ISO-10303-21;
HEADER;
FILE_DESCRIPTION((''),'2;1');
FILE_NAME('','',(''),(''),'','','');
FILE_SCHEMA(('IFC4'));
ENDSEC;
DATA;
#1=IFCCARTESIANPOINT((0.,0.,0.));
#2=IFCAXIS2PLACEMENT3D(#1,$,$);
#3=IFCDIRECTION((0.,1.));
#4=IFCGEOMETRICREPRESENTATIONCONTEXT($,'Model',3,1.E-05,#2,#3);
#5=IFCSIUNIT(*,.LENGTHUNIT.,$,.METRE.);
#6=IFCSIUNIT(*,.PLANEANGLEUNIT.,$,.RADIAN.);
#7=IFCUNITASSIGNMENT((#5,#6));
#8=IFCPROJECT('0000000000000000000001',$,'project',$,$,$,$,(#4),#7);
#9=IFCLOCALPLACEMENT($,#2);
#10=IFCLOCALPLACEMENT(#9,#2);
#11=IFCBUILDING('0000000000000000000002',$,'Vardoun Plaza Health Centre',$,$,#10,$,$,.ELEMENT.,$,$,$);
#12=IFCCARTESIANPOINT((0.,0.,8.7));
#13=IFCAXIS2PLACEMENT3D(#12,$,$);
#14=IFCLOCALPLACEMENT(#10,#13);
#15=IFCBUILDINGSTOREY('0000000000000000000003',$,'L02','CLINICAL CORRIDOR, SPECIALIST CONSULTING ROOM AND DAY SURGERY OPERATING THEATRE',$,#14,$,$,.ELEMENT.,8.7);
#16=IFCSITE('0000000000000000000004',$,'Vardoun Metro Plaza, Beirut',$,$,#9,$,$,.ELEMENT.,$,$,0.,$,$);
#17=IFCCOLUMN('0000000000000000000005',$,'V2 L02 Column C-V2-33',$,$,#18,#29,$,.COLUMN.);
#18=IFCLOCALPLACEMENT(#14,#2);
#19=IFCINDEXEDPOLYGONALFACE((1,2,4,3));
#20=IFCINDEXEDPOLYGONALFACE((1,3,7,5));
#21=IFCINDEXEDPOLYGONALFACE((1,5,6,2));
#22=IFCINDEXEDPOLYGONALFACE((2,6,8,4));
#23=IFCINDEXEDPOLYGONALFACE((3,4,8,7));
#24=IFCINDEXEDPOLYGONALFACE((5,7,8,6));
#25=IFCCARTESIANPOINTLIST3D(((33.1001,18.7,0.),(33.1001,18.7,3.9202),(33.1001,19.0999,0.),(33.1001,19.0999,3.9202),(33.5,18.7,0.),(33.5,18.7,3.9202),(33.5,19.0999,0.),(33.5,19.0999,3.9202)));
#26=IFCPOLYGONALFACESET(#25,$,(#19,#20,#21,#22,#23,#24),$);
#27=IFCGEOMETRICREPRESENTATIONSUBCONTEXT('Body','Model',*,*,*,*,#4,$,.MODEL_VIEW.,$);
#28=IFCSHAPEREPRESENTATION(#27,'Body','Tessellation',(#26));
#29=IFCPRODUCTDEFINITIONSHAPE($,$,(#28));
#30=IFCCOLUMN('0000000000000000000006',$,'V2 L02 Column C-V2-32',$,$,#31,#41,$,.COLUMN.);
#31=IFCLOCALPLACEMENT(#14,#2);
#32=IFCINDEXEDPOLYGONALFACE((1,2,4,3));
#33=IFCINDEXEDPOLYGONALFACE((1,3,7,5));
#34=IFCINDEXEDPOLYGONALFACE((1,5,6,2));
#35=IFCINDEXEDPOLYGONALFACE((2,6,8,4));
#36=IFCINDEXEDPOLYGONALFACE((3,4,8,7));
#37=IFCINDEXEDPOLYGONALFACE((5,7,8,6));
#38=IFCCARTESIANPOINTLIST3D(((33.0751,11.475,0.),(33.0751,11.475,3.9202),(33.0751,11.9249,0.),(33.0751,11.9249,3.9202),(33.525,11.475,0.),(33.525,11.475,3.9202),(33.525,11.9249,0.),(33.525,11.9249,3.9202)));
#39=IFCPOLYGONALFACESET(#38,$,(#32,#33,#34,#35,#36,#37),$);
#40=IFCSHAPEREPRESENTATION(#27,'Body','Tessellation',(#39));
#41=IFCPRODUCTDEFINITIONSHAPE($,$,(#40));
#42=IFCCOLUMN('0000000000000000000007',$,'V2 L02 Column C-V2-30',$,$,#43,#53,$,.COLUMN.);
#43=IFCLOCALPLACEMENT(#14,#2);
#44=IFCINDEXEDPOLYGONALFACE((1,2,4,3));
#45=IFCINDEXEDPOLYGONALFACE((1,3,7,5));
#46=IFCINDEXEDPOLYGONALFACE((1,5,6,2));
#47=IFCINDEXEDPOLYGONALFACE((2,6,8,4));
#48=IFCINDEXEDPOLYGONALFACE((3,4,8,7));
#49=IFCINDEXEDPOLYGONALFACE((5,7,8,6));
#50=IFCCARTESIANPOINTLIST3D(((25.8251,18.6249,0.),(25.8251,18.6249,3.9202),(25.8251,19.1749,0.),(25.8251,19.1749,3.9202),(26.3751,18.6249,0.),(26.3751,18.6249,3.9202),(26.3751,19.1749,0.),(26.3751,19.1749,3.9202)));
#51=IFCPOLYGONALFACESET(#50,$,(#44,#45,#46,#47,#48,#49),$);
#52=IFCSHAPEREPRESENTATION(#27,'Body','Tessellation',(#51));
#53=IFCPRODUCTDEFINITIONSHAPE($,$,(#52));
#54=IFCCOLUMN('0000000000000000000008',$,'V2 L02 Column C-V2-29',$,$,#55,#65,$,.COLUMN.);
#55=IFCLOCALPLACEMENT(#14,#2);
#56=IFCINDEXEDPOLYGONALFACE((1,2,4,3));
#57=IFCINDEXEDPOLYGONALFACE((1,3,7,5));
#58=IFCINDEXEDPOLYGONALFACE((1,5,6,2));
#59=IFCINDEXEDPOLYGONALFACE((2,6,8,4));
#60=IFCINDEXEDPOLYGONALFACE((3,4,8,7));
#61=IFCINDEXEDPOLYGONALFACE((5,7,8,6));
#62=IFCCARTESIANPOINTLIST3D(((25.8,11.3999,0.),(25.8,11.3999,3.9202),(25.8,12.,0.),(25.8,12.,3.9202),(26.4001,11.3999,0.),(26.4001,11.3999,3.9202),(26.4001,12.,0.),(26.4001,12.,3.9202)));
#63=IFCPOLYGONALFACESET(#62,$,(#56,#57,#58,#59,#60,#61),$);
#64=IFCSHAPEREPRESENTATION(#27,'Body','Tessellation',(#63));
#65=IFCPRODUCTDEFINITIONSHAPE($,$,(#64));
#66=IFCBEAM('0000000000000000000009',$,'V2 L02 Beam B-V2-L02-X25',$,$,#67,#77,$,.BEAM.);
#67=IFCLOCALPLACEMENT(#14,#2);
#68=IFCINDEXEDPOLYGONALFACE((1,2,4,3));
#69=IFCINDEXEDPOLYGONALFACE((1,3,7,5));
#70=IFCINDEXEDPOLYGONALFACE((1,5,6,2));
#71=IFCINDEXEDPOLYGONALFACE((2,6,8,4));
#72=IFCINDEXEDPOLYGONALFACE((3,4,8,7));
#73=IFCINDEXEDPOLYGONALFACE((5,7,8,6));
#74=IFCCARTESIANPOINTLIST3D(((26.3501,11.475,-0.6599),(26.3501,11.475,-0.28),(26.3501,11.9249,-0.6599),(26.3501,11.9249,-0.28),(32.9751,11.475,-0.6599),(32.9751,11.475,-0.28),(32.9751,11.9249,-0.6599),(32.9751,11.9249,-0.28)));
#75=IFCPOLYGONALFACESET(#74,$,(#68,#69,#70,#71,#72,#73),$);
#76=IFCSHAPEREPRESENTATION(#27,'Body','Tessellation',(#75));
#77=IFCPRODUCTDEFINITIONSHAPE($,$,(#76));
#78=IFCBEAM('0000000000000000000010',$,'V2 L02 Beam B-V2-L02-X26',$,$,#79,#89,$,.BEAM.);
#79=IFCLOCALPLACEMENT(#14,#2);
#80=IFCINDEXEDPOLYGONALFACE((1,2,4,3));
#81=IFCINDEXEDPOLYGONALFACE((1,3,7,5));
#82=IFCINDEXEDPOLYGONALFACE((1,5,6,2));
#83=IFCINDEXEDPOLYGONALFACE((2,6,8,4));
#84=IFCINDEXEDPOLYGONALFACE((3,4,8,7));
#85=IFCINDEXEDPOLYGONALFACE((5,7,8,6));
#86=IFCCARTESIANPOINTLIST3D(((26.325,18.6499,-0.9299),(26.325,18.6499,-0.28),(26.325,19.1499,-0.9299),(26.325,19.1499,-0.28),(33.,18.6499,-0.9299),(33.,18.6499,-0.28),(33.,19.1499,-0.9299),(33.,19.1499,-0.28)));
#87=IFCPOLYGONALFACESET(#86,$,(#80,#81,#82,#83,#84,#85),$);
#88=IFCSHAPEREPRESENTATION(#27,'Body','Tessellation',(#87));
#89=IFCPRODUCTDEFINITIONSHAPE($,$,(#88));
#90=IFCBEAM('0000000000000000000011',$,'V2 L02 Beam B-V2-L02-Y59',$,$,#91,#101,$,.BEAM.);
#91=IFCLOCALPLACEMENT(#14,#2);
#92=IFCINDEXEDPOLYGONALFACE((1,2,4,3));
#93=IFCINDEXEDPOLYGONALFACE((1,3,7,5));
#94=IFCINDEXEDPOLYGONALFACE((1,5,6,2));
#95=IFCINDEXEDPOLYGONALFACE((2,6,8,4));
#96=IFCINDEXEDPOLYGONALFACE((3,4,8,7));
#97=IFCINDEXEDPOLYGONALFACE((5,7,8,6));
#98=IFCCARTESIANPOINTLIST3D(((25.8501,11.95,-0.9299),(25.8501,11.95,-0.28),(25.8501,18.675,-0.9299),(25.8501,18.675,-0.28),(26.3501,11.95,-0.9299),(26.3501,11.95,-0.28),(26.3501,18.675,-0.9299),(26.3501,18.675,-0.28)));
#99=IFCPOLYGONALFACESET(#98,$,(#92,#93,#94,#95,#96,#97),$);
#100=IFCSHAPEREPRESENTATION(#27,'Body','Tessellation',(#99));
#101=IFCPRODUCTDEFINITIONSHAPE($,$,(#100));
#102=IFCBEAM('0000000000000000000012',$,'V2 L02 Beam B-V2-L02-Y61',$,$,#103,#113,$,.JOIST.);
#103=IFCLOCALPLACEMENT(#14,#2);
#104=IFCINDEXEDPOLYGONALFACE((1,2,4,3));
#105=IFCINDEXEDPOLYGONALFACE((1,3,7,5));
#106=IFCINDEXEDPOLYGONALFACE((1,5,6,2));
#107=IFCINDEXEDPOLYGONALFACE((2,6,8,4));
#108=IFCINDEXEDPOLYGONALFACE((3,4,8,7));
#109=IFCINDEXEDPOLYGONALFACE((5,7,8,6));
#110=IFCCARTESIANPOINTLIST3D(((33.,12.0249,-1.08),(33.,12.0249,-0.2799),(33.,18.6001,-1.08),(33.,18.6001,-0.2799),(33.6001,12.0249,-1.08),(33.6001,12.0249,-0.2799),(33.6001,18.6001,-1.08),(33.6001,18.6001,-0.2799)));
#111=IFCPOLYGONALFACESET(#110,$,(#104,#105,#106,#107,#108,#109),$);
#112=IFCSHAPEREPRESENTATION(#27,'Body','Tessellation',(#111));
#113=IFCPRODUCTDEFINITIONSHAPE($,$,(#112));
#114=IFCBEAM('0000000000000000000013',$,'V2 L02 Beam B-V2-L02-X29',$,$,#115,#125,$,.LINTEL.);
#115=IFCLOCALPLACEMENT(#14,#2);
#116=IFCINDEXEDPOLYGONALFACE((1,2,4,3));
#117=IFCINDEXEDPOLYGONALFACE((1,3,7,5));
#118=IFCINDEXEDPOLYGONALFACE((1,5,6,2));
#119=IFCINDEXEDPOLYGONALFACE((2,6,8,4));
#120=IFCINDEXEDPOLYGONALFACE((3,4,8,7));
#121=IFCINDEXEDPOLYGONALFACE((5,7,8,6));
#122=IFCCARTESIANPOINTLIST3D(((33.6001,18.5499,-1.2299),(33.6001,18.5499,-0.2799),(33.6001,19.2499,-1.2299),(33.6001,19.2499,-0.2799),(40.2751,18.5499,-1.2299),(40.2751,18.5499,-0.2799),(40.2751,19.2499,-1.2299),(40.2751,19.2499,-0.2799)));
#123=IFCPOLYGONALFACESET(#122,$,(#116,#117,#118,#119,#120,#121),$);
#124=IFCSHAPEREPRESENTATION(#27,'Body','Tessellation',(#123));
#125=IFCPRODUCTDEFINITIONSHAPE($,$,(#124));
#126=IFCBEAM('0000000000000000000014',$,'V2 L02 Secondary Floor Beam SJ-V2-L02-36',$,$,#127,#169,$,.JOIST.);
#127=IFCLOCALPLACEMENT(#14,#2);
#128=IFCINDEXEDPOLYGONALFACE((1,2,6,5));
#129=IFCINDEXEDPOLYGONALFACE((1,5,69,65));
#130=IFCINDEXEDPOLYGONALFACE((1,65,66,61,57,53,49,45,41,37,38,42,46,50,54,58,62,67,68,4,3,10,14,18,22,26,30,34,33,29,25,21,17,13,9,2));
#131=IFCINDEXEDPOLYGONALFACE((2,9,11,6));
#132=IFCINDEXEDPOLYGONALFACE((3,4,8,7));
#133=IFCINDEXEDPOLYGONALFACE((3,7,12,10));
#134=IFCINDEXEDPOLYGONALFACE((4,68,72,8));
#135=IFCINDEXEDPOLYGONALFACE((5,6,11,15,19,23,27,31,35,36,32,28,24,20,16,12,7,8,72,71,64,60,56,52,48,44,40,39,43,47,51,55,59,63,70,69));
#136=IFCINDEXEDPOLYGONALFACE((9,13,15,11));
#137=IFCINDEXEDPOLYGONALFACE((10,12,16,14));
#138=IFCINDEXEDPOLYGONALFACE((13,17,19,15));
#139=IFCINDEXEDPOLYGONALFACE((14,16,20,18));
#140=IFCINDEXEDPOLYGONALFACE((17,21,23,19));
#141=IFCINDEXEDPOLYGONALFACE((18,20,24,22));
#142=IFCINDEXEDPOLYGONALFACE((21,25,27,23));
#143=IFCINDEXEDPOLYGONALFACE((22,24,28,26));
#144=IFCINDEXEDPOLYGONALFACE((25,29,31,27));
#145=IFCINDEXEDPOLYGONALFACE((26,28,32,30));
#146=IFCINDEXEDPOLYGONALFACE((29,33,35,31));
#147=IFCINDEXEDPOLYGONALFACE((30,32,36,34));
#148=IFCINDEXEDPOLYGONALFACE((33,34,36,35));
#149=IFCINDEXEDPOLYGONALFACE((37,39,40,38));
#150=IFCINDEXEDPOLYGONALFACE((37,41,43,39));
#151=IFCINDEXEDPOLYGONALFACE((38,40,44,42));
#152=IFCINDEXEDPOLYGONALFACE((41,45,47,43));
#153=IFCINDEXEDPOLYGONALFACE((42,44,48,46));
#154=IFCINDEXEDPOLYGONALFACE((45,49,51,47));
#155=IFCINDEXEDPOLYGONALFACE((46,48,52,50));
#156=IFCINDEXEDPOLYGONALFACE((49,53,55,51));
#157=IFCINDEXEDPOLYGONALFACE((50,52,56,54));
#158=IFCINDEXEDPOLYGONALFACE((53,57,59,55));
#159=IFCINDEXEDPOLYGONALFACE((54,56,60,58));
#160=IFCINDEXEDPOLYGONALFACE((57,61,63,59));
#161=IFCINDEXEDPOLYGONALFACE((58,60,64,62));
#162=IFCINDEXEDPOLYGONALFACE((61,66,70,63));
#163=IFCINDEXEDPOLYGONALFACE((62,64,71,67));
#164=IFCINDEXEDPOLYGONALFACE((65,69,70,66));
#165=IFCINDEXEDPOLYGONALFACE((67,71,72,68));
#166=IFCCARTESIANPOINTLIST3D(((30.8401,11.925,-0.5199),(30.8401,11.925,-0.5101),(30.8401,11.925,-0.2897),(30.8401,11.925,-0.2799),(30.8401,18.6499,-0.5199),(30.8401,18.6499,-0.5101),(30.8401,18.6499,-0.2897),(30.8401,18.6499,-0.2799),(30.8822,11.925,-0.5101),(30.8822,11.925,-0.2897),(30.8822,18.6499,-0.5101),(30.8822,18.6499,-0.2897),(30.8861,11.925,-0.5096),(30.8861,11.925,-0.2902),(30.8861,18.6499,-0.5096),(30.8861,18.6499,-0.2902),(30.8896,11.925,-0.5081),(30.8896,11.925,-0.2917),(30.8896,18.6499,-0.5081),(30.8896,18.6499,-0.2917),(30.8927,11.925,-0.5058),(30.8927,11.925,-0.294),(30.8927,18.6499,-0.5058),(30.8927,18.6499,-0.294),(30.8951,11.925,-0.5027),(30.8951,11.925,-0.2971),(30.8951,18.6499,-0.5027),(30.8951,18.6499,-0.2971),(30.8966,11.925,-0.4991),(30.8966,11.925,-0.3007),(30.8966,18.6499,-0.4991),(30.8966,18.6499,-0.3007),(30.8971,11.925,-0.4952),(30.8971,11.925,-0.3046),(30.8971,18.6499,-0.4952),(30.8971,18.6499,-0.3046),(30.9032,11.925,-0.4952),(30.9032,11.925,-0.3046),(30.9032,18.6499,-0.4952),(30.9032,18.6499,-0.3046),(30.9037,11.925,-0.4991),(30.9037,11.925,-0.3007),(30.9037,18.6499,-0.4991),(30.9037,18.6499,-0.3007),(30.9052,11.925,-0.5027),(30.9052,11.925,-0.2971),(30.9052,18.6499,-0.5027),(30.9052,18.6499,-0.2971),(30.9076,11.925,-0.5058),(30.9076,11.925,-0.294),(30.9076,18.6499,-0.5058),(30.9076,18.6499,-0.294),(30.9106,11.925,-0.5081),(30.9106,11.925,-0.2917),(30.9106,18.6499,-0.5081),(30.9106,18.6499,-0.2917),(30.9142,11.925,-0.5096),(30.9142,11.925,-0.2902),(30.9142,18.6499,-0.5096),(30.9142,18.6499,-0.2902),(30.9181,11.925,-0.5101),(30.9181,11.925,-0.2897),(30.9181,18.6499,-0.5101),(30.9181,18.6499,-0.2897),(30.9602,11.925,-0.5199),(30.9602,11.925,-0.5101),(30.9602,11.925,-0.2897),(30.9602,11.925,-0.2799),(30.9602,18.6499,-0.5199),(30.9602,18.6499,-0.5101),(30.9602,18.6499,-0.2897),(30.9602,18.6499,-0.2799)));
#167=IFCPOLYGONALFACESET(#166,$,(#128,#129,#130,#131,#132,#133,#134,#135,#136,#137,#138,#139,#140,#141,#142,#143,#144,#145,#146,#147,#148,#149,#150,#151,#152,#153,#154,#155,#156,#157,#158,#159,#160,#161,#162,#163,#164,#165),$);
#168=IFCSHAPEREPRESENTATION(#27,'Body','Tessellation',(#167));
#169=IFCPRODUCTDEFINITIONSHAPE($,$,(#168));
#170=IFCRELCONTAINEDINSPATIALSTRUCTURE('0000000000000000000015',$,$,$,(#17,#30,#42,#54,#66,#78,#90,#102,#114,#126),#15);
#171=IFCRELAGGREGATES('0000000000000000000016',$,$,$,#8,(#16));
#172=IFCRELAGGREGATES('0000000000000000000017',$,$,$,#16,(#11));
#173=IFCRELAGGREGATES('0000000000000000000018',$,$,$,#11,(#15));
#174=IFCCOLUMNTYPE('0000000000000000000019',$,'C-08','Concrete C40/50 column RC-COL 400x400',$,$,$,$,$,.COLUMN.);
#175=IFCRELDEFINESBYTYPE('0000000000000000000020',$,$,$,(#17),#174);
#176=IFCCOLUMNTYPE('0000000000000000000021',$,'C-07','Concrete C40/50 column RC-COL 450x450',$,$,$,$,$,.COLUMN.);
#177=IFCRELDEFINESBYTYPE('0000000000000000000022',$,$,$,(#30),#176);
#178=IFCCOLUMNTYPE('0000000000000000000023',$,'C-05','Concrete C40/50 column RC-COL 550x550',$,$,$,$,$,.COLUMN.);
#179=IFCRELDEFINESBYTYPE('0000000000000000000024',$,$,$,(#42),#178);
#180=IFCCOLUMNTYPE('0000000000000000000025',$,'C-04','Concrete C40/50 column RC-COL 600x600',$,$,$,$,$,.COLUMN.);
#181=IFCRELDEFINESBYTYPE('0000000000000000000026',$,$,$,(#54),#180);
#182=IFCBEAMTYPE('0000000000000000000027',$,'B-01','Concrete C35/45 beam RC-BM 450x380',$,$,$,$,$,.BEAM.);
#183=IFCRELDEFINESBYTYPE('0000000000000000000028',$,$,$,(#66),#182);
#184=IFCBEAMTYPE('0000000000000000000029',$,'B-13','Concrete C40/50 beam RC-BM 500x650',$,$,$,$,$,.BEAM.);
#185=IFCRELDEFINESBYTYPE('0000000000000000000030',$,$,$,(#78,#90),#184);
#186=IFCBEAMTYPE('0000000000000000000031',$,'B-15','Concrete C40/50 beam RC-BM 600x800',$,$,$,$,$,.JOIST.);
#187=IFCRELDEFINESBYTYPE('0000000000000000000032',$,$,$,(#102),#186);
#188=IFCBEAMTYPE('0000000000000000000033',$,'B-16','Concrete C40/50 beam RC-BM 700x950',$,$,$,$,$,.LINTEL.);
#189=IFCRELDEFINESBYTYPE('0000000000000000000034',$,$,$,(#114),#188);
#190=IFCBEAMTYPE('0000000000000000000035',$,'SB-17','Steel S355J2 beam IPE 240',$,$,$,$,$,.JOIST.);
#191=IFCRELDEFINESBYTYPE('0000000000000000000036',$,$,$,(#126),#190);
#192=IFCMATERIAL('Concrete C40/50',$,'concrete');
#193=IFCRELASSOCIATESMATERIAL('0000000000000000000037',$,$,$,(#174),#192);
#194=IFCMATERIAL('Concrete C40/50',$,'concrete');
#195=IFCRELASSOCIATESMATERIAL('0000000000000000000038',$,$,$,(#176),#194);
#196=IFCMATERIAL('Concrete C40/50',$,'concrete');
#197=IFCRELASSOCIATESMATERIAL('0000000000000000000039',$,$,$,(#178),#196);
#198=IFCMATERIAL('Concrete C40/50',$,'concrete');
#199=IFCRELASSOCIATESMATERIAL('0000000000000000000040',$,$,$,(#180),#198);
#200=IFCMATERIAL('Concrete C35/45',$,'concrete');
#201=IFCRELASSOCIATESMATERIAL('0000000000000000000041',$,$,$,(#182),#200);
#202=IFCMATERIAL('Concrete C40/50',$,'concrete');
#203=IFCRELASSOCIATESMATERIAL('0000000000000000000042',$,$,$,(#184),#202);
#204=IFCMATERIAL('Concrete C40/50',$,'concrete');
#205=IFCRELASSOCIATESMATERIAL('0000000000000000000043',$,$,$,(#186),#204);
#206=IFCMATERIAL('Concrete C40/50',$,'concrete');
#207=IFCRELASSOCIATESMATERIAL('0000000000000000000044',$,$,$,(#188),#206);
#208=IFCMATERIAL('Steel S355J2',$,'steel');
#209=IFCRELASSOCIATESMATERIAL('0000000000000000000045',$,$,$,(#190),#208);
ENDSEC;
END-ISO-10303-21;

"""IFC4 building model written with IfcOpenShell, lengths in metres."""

from ifc_helpers import new_model, si_unit, direction, frame, origin, origin_2d, place, context, subcontext, project, spatial, rectangle, i_section, extrude, material, material_profile, profile_set, type_object, element, save


model = new_model("IFC4")

# Units and contexts
model_context = context("Model", 3, precision=1e-05, world=origin(), true_north=direction((0.0, 1.0)))
body_context = subcontext(model_context, "Body", "Model", "MODEL_VIEW")
ifc_project = project(units=[si_unit("LENGTHUNIT", "METRE"), si_unit("PLANEANGLEUNIT", "RADIAN")], contexts=[model_context])

# Site, building, storey
site_placement = place(None, origin())
site = spatial("IfcSite", under=ifc_project, at=site_placement, Name="Vardoun Metro Plaza, Beirut", CompositionType="ELEMENT", RefElevation=0.0)
building_placement = place(site_placement, origin())
building = spatial("IfcBuilding", under=site, at=building_placement, Name="Vardoun Plaza Health Centre", CompositionType="ELEMENT")
storey_placement = place(building_placement, frame((0.0, 0.0, 8.7)))
storey = spatial("IfcBuildingStorey", under=building, at=storey_placement, Name="L02", Description="CLINICAL CORRIDOR, SPECIALIST CONSULTING ROOM AND DAY SURGERY OPERATING THEATRE", CompositionType="ELEMENT", Elevation=8.7)

# Columns
ifc_material_1 = material(Name="Concrete C40/50", Category="concrete")
ifc_material_profile_1 = material_profile(ifc_material_1, rectangle(XDim=0.3999, YDim=0.3999, at=origin_2d()), Name="RC-COL 400x400")
ifc_profile_set_1 = profile_set([ifc_material_profile_1], Name="Concrete C40/50")
column_type_1 = type_object("IfcColumnType", Name="C-08", Description="Concrete C40/50 column RC-COL 400x400", PredefinedType="COLUMN", material=ifc_profile_set_1)
column_1_placement = place(storey_placement, frame((33.3, 18.8999, 0.0), z_axis=(0.0, 0.0, 1.0), x_axis=(1.0, 0.0, 0.0)))
element("IfcColumn", 1, at=column_1_placement, inside=storey, type_object=column_type_1, Name="V2 L02 Column C-V2-33", PredefinedType="COLUMN", context=body_context, shape_type="SweptSolid", body=[
    extrude(rectangle(XDim=0.3999, YDim=0.3999, at=origin_2d()), origin(), (0.0, 0.0, 1.0), 3.9202),
])
ifc_material_2 = material(Name="Concrete C40/50", Category="concrete")
ifc_material_profile_2 = material_profile(ifc_material_2, rectangle(XDim=0.45, YDim=0.45, at=origin_2d()), Name="RC-COL 450x450")
ifc_profile_set_2 = profile_set([ifc_material_profile_2], Name="Concrete C40/50")
column_type_2 = type_object("IfcColumnType", Name="C-07", Description="Concrete C40/50 column RC-COL 450x450", PredefinedType="COLUMN", material=ifc_profile_set_2)
column_2_placement = place(storey_placement, frame((33.3, 11.7, 0.0), z_axis=(0.0, 0.0, 1.0), x_axis=(1.0, 0.0, 0.0)))
element("IfcColumn", 2, at=column_2_placement, inside=storey, type_object=column_type_2, Name="V2 L02 Column C-V2-32", PredefinedType="COLUMN", context=body_context, shape_type="SweptSolid", body=[
    extrude(rectangle(XDim=0.45, YDim=0.45, at=origin_2d()), origin(), (0.0, 0.0, 1.0), 3.9202),
])
ifc_material_3 = material(Name="Concrete C40/50", Category="concrete")
ifc_material_profile_3 = material_profile(ifc_material_3, rectangle(XDim=0.55, YDim=0.55, at=origin_2d()), Name="RC-COL 550x550")
ifc_profile_set_3 = profile_set([ifc_material_profile_3], Name="Concrete C40/50")
column_type_3 = type_object("IfcColumnType", Name="C-05", Description="Concrete C40/50 column RC-COL 550x550", PredefinedType="COLUMN", material=ifc_profile_set_3)
column_3_placement = place(storey_placement, frame((26.1001, 18.8999, 0.0), z_axis=(0.0, 0.0, 1.0), x_axis=(1.0, 0.0, 0.0)))
element("IfcColumn", 3, at=column_3_placement, inside=storey, type_object=column_type_3, Name="V2 L02 Column C-V2-30", PredefinedType="COLUMN", context=body_context, shape_type="SweptSolid", body=[
    extrude(rectangle(XDim=0.55, YDim=0.55, at=origin_2d()), origin(), (0.0, 0.0, 1.0), 3.9202),
])
ifc_material_4 = material(Name="Concrete C40/50", Category="concrete")
ifc_material_profile_4 = material_profile(ifc_material_4, rectangle(XDim=0.6001, YDim=0.6001, at=origin_2d()), Name="RC-COL 600x600")
ifc_profile_set_4 = profile_set([ifc_material_profile_4], Name="Concrete C40/50")
column_type_4 = type_object("IfcColumnType", Name="C-04", Description="Concrete C40/50 column RC-COL 600x600", PredefinedType="COLUMN", material=ifc_profile_set_4)
column_4_placement = place(storey_placement, frame((26.1001, 11.7, 0.0), z_axis=(0.0, 0.0, 1.0), x_axis=(1.0, 0.0, 0.0)))
element("IfcColumn", 4, at=column_4_placement, inside=storey, type_object=column_type_4, Name="V2 L02 Column C-V2-29", PredefinedType="COLUMN", context=body_context, shape_type="SweptSolid", body=[
    extrude(rectangle(XDim=0.6001, YDim=0.6001, at=origin_2d()), origin(), (0.0, 0.0, 1.0), 3.9202),
])

# Beams
ifc_material_5 = material(Name="Concrete C35/45", Category="concrete")
ifc_material_profile_5 = material_profile(ifc_material_5, rectangle(XDim=0.45, YDim=0.3799, at=origin_2d()), Name="RC-BM 450x380")
ifc_profile_set_5 = profile_set([ifc_material_profile_5], Name="Concrete C35/45")
beam_type_1 = type_object("IfcBeamType", Name="B-01", Description="Concrete C35/45 beam RC-BM 450x380", PredefinedType="BEAM", material=ifc_profile_set_5)
beam_1_placement = place(storey_placement, frame((26.3501, 11.7, -0.47), z_axis=(1.0, 0.0, 0.0), x_axis=(0.0, 1.0, 0.0)))
element("IfcBeam", 5, at=beam_1_placement, inside=storey, type_object=beam_type_1, Name="V2 L02 Beam B-V2-L02-X25", PredefinedType="BEAM", context=body_context, shape_type="SweptSolid", body=[
    extrude(rectangle(XDim=0.45, YDim=0.3799, at=origin_2d()), origin(), (0.0, 0.0, 1.0), 6.625),
])
ifc_material_6 = material(Name="Concrete C40/50", Category="concrete")
ifc_material_profile_6 = material_profile(ifc_material_6, rectangle(XDim=0.5, YDim=0.6499, at=origin_2d()), Name="RC-BM 500x650")
ifc_profile_set_6 = profile_set([ifc_material_profile_6], Name="Concrete C40/50")
beam_type_2 = type_object("IfcBeamType", Name="B-13", Description="Concrete C40/50 beam RC-BM 500x650", PredefinedType="BEAM", material=ifc_profile_set_6)
beam_2_placement = place(storey_placement, frame((26.325, 18.8999, -0.605), z_axis=(1.0, 0.0, 0.0), x_axis=(0.0, 1.0, 0.0)))
element("IfcBeam", 6, at=beam_2_placement, inside=storey, type_object=beam_type_2, Name="V2 L02 Beam B-V2-L02-X26", PredefinedType="BEAM", context=body_context, shape_type="SweptSolid", body=[
    extrude(rectangle(XDim=0.5, YDim=0.6499, at=origin_2d()), origin(), (0.0, 0.0, 1.0), 6.675),
])
beam_3_placement = place(storey_placement, frame((26.1001, 11.95, -0.605), z_axis=(0.0, 1.0, 0.0), x_axis=(-1.0, 0.0, 0.0)))
element("IfcBeam", 7, at=beam_3_placement, inside=storey, type_object=beam_type_2, Name="V2 L02 Beam B-V2-L02-Y59", PredefinedType="BEAM", context=body_context, shape_type="SweptSolid", body=[
    extrude(rectangle(XDim=0.5, YDim=0.6499, at=origin_2d()), origin(), (0.0, 0.0, 1.0), 6.7251),
])
ifc_material_7 = material(Name="Concrete C40/50", Category="concrete")
ifc_material_profile_7 = material_profile(ifc_material_7, rectangle(XDim=0.6001, YDim=0.8, at=origin_2d()), Name="RC-BM 600x800")
ifc_profile_set_7 = profile_set([ifc_material_profile_7], Name="Concrete C40/50")
beam_type_3 = type_object("IfcBeamType", Name="B-15", Description="Concrete C40/50 beam RC-BM 600x800", PredefinedType="JOIST", material=ifc_profile_set_7)
beam_4_placement = place(storey_placement, frame((33.3, 12.0249, -0.6799), z_axis=(0.0, 1.0, 0.0), x_axis=(-1.0, 0.0, 0.0)))
element("IfcBeam", 8, at=beam_4_placement, inside=storey, type_object=beam_type_3, Name="V2 L02 Beam B-V2-L02-Y61", PredefinedType="JOIST", context=body_context, shape_type="SweptSolid", body=[
    extrude(rectangle(XDim=0.6001, YDim=0.8, at=origin_2d()), origin(), (0.0, 0.0, 1.0), 6.5752),
])
ifc_material_8 = material(Name="Concrete C40/50", Category="concrete")
ifc_material_profile_8 = material_profile(ifc_material_8, rectangle(XDim=0.7, YDim=0.95, at=origin_2d()), Name="RC-BM 700x950")
ifc_profile_set_8 = profile_set([ifc_material_profile_8], Name="Concrete C40/50")
beam_type_4 = type_object("IfcBeamType", Name="B-16", Description="Concrete C40/50 beam RC-BM 700x950", PredefinedType="LINTEL", material=ifc_profile_set_8)
beam_5_placement = place(storey_placement, frame((33.6001, 18.8999, -0.7549), z_axis=(1.0, 0.0, 0.0), x_axis=(0.0, 1.0, 0.0)))
element("IfcBeam", 9, at=beam_5_placement, inside=storey, type_object=beam_type_4, Name="V2 L02 Beam B-V2-L02-X29", PredefinedType="LINTEL", context=body_context, shape_type="SweptSolid", body=[
    extrude(rectangle(XDim=0.7, YDim=0.95, at=origin_2d()), origin(), (0.0, 0.0, 1.0), 6.675),
])
ifc_material_9 = material(Name="Steel S355J2", Category="steel")
ifc_material_profile_9 = material_profile(ifc_material_9, i_section(OverallWidth=0.1201, OverallDepth=0.24, WebThickness=0.0061, FlangeThickness=0.0098, FilletRadius=0.0149, at=origin_2d()), Name="IPE 240")
ifc_profile_set_9 = profile_set([ifc_material_profile_9], Name="Steel S355J2")
beam_type_5 = type_object("IfcBeamType", Name="SB-17", Description="Steel S355J2 beam IPE 240", PredefinedType="JOIST", material=ifc_profile_set_9)
beam_6_placement = place(storey_placement, frame((30.9001, 11.925, -0.3999), z_axis=(0.0, 1.0, 0.0), x_axis=(-1.0, 0.0, 0.0)))
element("IfcBeam", 10, at=beam_6_placement, inside=storey, type_object=beam_type_5, Name="V2 L02 Secondary Floor Beam SJ-V2-L02-36", PredefinedType="JOIST", context=body_context, shape_type="SweptSolid", body=[
    extrude(i_section(OverallWidth=0.1201, OverallDepth=0.24, WebThickness=0.0061, FlangeThickness=0.0098, FilletRadius=0.0149, at=origin_2d()), origin(), (0.0, 0.0, 1.0), 6.7249),
])

save(model, "model.ifc")
